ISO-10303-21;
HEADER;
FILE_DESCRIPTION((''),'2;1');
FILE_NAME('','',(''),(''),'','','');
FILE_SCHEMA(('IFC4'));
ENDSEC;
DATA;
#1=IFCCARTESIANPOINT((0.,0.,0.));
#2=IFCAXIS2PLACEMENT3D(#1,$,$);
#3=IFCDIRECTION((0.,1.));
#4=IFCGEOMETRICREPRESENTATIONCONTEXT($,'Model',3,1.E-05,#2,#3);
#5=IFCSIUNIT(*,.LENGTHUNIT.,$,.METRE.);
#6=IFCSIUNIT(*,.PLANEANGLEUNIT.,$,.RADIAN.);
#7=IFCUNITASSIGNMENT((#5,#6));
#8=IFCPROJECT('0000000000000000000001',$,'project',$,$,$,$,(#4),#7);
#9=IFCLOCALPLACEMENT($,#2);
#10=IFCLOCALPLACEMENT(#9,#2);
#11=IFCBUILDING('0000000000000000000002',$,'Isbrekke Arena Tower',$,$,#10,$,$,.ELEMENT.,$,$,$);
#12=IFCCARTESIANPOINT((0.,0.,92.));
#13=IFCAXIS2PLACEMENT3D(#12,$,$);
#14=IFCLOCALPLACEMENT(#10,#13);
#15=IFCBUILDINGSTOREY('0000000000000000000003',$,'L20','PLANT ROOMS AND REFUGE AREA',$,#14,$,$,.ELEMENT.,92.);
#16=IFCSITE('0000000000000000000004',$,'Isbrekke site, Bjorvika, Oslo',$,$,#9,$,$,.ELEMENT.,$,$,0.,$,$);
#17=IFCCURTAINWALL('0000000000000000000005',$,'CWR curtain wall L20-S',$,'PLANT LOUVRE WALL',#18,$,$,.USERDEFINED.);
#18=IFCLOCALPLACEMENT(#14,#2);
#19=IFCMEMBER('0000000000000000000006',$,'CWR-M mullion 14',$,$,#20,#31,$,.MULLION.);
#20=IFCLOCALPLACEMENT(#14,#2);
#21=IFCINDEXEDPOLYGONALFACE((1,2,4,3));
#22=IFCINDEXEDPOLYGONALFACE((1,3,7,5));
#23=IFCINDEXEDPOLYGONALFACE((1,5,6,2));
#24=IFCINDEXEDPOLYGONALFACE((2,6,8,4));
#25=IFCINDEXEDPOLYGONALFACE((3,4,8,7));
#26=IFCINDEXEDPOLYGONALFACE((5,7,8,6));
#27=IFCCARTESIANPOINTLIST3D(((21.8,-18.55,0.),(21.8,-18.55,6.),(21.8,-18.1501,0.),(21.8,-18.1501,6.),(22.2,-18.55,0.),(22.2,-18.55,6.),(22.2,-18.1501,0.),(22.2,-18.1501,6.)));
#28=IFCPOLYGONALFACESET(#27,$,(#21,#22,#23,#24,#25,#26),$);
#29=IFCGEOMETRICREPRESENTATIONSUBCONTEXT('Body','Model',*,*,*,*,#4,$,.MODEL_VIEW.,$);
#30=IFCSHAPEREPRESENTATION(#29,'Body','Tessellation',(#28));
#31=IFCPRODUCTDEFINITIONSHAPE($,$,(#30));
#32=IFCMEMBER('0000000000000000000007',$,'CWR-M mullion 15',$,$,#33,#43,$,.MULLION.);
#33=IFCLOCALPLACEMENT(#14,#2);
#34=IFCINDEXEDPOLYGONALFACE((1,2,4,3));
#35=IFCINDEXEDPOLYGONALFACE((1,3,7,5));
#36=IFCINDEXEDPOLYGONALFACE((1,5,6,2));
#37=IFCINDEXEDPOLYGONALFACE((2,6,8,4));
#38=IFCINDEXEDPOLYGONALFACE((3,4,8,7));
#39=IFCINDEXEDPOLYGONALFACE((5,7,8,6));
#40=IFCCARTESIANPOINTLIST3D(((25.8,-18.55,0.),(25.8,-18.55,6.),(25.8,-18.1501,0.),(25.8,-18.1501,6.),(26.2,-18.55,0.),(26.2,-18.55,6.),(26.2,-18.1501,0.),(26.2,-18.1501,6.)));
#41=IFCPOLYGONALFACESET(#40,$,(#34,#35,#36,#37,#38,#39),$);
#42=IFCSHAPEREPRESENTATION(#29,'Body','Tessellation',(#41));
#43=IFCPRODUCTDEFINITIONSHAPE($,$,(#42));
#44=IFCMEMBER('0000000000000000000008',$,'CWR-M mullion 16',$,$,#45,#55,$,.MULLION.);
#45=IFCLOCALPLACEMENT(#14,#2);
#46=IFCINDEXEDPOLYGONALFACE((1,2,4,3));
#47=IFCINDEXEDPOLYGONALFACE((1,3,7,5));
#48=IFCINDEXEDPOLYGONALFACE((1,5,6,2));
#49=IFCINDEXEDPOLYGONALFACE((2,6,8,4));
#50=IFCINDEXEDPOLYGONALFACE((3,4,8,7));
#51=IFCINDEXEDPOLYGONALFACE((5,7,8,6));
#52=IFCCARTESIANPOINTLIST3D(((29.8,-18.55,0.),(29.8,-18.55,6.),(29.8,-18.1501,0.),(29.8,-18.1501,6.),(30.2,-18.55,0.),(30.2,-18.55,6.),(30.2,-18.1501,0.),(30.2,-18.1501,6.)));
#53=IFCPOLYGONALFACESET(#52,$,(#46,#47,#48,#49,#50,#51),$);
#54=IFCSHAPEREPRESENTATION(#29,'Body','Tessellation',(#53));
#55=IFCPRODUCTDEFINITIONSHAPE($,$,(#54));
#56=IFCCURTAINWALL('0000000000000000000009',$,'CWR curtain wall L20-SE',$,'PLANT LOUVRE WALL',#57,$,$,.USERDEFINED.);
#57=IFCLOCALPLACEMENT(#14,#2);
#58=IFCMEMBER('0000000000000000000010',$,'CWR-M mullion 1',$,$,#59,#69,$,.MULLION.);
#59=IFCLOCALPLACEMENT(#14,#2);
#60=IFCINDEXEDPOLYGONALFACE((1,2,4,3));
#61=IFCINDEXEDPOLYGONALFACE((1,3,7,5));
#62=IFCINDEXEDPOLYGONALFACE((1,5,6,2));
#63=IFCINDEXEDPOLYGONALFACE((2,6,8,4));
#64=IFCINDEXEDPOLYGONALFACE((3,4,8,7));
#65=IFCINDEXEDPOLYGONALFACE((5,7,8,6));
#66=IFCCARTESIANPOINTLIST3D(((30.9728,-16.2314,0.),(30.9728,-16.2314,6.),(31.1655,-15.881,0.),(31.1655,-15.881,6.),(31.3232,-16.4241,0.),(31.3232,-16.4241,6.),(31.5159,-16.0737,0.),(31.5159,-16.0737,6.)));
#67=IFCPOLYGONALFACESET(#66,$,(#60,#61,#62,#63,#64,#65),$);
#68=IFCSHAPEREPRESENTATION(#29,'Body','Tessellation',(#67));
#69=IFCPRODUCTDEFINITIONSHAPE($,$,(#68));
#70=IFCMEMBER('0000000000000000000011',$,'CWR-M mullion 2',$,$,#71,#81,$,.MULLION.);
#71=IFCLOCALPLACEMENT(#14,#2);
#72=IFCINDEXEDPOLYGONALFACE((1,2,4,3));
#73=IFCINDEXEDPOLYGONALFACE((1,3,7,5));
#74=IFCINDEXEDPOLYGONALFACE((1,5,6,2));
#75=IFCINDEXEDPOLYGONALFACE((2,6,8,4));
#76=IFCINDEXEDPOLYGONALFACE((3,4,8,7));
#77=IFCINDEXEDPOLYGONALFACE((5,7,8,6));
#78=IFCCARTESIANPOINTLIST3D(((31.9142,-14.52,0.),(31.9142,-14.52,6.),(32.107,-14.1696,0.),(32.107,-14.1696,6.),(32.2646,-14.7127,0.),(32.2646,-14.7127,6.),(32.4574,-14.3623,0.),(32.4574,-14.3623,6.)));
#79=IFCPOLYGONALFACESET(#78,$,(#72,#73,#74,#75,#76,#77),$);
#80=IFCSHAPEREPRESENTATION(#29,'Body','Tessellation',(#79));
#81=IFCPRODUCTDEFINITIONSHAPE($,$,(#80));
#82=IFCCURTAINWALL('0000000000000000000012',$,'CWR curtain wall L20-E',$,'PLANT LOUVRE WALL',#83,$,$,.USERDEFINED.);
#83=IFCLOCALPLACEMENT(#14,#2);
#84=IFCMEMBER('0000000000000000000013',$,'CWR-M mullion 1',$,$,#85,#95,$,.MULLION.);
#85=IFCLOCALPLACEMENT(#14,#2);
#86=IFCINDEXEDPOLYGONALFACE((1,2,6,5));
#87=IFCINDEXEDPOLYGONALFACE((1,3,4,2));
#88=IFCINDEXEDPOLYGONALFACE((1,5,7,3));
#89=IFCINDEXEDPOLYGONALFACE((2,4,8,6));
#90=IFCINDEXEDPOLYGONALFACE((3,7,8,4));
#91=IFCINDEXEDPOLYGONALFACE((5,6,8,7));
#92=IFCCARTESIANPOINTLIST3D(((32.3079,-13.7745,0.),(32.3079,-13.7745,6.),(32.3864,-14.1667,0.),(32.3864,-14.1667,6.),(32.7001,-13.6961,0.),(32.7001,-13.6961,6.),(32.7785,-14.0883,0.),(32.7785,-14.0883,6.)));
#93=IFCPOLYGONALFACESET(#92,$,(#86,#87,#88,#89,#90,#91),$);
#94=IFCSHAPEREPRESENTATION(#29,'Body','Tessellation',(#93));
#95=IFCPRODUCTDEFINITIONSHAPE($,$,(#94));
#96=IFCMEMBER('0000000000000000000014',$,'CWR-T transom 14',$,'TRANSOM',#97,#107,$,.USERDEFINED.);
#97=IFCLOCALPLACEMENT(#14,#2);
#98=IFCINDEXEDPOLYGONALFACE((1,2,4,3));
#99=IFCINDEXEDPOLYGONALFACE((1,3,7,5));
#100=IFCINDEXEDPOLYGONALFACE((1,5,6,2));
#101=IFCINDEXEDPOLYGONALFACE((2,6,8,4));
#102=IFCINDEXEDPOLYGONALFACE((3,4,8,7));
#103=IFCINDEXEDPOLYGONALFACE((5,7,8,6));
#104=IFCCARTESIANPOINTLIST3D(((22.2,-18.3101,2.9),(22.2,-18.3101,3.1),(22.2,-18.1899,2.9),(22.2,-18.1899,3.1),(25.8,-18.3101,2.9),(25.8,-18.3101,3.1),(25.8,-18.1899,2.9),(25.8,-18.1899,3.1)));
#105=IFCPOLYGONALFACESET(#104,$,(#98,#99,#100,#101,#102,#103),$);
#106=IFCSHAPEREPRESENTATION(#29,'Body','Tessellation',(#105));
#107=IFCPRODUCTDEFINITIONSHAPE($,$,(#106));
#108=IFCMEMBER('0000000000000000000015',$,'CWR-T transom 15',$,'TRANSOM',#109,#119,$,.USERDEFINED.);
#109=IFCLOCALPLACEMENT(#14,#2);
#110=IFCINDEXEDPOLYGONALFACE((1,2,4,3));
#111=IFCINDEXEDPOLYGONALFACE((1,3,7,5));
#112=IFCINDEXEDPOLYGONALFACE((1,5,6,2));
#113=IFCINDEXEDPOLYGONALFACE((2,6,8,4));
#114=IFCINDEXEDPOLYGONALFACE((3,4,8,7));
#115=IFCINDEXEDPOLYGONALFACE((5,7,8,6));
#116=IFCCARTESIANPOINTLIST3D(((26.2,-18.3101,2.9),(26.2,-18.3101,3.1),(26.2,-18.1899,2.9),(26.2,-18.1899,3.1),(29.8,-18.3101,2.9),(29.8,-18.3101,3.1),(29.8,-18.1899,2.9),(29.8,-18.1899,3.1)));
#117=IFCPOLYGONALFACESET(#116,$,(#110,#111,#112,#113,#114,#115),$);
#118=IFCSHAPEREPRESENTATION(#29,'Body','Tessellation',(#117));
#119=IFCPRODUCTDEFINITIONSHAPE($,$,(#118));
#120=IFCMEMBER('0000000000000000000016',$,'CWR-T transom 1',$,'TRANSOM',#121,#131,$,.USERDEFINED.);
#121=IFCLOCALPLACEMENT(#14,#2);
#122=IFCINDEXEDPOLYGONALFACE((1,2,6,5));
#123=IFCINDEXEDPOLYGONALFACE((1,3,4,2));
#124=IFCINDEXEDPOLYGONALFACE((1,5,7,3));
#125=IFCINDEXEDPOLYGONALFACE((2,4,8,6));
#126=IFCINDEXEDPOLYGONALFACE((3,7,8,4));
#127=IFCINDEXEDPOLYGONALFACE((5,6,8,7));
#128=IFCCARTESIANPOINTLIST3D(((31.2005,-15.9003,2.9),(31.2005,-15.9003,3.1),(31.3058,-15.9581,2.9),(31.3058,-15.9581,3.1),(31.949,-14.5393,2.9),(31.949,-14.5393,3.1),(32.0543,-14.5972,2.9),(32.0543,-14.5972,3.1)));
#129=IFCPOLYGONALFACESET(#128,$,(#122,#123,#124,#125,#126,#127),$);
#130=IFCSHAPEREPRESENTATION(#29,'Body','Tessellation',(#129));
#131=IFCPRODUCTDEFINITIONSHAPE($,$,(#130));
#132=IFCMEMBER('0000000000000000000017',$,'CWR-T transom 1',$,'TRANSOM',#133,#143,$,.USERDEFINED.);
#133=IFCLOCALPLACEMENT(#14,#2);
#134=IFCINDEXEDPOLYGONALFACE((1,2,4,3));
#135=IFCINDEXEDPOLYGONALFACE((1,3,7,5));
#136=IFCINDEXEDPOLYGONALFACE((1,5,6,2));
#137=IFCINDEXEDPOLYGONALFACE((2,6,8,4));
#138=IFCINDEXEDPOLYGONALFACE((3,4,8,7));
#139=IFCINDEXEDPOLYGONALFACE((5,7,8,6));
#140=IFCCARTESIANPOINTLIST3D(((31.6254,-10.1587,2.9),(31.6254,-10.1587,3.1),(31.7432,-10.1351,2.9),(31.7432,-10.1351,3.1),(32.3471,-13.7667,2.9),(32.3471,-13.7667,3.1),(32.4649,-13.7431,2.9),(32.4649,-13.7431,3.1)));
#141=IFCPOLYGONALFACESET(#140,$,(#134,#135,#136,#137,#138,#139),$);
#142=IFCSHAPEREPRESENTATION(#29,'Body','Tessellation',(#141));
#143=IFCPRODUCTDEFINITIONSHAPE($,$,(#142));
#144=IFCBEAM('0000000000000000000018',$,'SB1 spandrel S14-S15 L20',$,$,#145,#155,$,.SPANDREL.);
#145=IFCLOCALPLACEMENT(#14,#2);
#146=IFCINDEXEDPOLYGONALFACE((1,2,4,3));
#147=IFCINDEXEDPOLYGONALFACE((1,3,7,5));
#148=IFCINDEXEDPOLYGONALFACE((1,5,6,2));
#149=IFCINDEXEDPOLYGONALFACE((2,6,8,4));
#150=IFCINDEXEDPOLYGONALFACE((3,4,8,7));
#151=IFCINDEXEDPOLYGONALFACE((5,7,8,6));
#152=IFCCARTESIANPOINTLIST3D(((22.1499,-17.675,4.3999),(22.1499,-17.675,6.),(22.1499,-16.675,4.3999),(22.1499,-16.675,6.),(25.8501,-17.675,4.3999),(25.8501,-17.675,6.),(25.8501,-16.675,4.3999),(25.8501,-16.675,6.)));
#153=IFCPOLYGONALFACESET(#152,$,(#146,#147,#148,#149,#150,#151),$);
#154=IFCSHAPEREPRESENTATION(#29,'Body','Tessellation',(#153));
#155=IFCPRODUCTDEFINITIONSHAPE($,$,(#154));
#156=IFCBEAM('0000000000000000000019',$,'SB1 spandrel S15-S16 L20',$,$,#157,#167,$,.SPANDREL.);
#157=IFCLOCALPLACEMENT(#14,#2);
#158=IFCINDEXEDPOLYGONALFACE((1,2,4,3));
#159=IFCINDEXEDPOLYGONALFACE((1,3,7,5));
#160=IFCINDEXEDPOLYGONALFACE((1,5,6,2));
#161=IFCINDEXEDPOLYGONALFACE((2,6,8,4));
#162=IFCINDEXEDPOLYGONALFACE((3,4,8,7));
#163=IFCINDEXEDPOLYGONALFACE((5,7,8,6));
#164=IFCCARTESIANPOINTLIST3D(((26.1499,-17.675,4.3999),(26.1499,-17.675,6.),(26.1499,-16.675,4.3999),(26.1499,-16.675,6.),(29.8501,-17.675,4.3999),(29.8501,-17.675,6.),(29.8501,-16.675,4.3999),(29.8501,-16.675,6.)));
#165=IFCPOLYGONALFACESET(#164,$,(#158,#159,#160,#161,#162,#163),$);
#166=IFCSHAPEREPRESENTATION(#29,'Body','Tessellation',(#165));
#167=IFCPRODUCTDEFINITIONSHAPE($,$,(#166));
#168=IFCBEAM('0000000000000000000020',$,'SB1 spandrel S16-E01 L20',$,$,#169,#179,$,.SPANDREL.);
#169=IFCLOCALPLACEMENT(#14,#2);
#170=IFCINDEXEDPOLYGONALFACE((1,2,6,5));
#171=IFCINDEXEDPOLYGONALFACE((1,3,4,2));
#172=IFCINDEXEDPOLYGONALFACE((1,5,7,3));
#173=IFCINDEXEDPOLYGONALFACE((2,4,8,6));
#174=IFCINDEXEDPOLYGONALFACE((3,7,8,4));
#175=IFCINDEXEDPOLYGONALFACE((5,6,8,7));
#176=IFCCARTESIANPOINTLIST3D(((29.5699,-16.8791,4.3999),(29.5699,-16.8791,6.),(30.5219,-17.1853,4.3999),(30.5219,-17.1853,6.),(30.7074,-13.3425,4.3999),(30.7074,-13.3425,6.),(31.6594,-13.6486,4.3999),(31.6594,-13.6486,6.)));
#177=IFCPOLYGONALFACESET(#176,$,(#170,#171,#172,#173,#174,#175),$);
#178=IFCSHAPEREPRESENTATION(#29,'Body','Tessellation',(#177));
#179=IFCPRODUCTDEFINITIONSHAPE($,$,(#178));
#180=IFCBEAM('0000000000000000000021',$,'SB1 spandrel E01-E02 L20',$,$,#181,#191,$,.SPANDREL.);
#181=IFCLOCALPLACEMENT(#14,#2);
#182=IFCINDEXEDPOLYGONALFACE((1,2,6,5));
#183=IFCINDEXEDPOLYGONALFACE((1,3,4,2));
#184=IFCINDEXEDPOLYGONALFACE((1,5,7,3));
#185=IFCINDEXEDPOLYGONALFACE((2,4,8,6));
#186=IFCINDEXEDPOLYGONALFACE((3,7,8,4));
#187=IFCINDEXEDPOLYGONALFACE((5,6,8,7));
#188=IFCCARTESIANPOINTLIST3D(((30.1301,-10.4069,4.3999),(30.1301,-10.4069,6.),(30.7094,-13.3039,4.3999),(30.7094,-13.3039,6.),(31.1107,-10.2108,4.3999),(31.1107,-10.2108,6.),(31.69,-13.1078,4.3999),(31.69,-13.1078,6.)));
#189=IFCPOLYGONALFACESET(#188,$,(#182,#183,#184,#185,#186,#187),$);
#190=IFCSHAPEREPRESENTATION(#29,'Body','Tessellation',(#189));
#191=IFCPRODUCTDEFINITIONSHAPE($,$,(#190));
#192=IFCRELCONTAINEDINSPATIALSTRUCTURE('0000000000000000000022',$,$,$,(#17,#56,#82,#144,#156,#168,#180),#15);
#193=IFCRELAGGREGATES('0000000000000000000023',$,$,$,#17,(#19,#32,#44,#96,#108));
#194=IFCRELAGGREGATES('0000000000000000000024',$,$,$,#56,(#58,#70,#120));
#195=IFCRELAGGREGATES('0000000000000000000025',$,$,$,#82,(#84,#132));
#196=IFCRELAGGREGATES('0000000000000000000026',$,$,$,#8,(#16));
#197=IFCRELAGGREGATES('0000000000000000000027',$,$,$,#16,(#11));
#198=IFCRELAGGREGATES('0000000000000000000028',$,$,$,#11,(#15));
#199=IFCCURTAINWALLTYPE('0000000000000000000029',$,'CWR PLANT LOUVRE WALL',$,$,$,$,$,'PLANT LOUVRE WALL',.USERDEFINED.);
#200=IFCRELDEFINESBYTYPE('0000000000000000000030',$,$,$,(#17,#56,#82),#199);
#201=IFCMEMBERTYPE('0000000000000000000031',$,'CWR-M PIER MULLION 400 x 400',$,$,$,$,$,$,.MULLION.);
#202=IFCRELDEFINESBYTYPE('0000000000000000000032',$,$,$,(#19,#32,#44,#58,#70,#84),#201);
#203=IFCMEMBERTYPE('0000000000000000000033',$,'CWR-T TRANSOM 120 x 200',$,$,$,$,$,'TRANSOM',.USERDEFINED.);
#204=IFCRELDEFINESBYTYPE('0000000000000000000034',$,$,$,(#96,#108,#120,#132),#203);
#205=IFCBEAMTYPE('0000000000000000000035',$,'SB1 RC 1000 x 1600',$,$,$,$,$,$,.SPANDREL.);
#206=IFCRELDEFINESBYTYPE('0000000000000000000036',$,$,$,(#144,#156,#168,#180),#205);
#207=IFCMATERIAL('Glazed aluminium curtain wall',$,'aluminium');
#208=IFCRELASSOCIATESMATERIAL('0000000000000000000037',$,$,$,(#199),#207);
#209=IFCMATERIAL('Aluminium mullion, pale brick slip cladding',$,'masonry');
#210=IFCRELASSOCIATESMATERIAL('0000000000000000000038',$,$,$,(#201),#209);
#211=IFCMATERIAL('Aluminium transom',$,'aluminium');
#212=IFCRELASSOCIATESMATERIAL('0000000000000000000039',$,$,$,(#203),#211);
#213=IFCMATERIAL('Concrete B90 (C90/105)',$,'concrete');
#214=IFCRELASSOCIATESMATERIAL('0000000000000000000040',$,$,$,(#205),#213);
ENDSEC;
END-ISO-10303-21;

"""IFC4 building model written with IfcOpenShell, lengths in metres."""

from ifc_helpers import new_model, si_unit, direction, frame, origin, origin_2d, place, context, subcontext, project, spatial, rectangle, extrude, material, material_profile, profile_set, type_object, element, aggregate, save


model = new_model("IFC4")

# Units and contexts
model_context = context("Model", 3, precision=1e-05, world=origin(), true_north=direction((0.0, 1.0)))
body_context = subcontext(model_context, "Body", "Model", "MODEL_VIEW")
ifc_project = project(units=[si_unit("LENGTHUNIT", "METRE"), si_unit("PLANEANGLEUNIT", "RADIAN")], contexts=[model_context])

# Site, building, storey
site_placement = place(None, origin())
site = spatial("IfcSite", under=ifc_project, at=site_placement, Name="Isbrekke site, Bjorvika, Oslo", CompositionType="ELEMENT", RefElevation=0.0)
building_placement = place(site_placement, origin())
building = spatial("IfcBuilding", under=site, at=building_placement, Name="Isbrekke Arena Tower", CompositionType="ELEMENT")
storey_placement = place(building_placement, frame((0.0, 0.0, 92.0)))
storey = spatial("IfcBuildingStorey", under=building, at=storey_placement, Name="L20", Description="PLANT ROOMS AND REFUGE AREA", CompositionType="ELEMENT", Elevation=92.0)

# Curtain walls, members
ifc_material_1 = material(Name="Glazed aluminium curtain wall", Category="aluminium")
curtain_wall_type = type_object("IfcCurtainWallType", Name="CWR PLANT LOUVRE WALL", ElementType="PLANT LOUVRE WALL", PredefinedType="USERDEFINED", material=ifc_material_1)
curtain_wall_1_placement = place(storey_placement, origin())
curtain_wall_1 = element("IfcCurtainWall", 1, at=curtain_wall_1_placement, inside=storey, type_object=curtain_wall_type, Name="CWR curtain wall L20-S", ObjectType="PLANT LOUVRE WALL", PredefinedType="USERDEFINED")
ifc_material_2 = material(Name="Aluminium mullion, pale brick slip cladding", Category="masonry")
ifc_material_profile_1 = material_profile(ifc_material_2, rectangle(XDim=0.3999, YDim=0.3999, at=origin_2d()), Name="PIER 400X400")
ifc_profile_set_1 = profile_set([ifc_material_profile_1], Name="Aluminium mullion, pale brick slip cladding")
member_type_1 = type_object("IfcMemberType", Name="CWR-M PIER MULLION 400 x 400", PredefinedType="MULLION", material=ifc_profile_set_1)
member_1_placement = place(storey_placement, frame((22.0, -18.3501, 0.0), z_axis=(0.0, 0.0, 1.0), x_axis=(1.0, 0.0, 0.0)))
member_1 = element("IfcMember", 2, at=member_1_placement, type_object=member_type_1, Name="CWR-M mullion 14", PredefinedType="MULLION", context=body_context, shape_type="SweptSolid", body=[
    extrude(rectangle(XDim=0.3999, YDim=0.3999, at=origin_2d()), origin(), (0.0, 0.0, 1.0), 6.0),
])
member_2_placement = place(storey_placement, frame((26.0, -18.3501, 0.0), z_axis=(0.0, 0.0, 1.0), x_axis=(1.0, 0.0, 0.0)))
member_2 = element("IfcMember", 3, at=member_2_placement, type_object=member_type_1, Name="CWR-M mullion 15", PredefinedType="MULLION", context=body_context, shape_type="SweptSolid", body=[
    extrude(rectangle(XDim=0.3999, YDim=0.3999, at=origin_2d()), origin(), (0.0, 0.0, 1.0), 6.0),
])
member_3_placement = place(storey_placement, frame((30.0, -18.3501, 0.0), z_axis=(0.0, 0.0, 1.0), x_axis=(1.0, 0.0, 0.0)))
member_3 = element("IfcMember", 4, at=member_3_placement, type_object=member_type_1, Name="CWR-M mullion 16", PredefinedType="MULLION", context=body_context, shape_type="SweptSolid", body=[
    extrude(rectangle(XDim=0.3999, YDim=0.3999, at=origin_2d()), origin(), (0.0, 0.0, 1.0), 6.0),
])
curtain_wall_2_placement = place(storey_placement, origin())
curtain_wall_2 = element("IfcCurtainWall", 5, at=curtain_wall_2_placement, inside=storey, type_object=curtain_wall_type, Name="CWR curtain wall L20-SE", ObjectType="PLANT LOUVRE WALL", PredefinedType="USERDEFINED")
member_4_placement = place(storey_placement, frame((31.2444, -16.1526, 0.0), z_axis=(0.0, 0.0, 1.0), x_axis=(0.481919, 0.876216, 0.0)))
member_4 = element("IfcMember", 6, at=member_4_placement, type_object=member_type_1, Name="CWR-M mullion 1", PredefinedType="MULLION", context=body_context, shape_type="SweptSolid", body=[
    extrude(rectangle(XDim=0.3999, YDim=0.3999, at=origin_2d()), origin(), (0.0, 0.0, 1.0), 6.0),
])
member_5_placement = place(storey_placement, frame((32.1858, -14.4412, 0.0), z_axis=(0.0, 0.0, 1.0), x_axis=(0.481919, 0.876216, 0.0)))
member_5 = element("IfcMember", 7, at=member_5_placement, type_object=member_type_1, Name="CWR-M mullion 2", PredefinedType="MULLION", context=body_context, shape_type="SweptSolid", body=[
    extrude(rectangle(XDim=0.3999, YDim=0.3999, at=origin_2d()), origin(), (0.0, 0.0, 1.0), 6.0),
])

# Curtain wall, member
curtain_wall_3_placement = place(storey_placement, origin())
curtain_wall_3 = element("IfcCurtainWall", 8, at=curtain_wall_3_placement, inside=storey, type_object=curtain_wall_type, Name="CWR curtain wall L20-E", ObjectType="PLANT LOUVRE WALL", PredefinedType="USERDEFINED")
member_6_placement = place(storey_placement, frame((32.5432, -13.9314, 0.0), z_axis=(0.0, 0.0, 1.0), x_axis=(-0.196116, 0.980581, 0.0)))
member_6 = element("IfcMember", 9, at=member_6_placement, type_object=member_type_1, Name="CWR-M mullion 1", PredefinedType="MULLION", context=body_context, shape_type="SweptSolid", body=[
    extrude(rectangle(XDim=0.3999, YDim=0.3999, at=origin_2d()), origin(), (0.0, 0.0, 1.0), 6.0),
])

# Members
ifc_material_3 = material(Name="Aluminium transom", Category="aluminium")
ifc_material_profile_2 = material_profile(ifc_material_3, rectangle(XDim=0.1201, YDim=0.2, at=origin_2d()), Name="TRANSOM 120X200")
ifc_profile_set_2 = profile_set([ifc_material_profile_2], Name="Aluminium transom")
member_type_2 = type_object("IfcMemberType", Name="CWR-T TRANSOM 120 x 200", ElementType="TRANSOM", PredefinedType="USERDEFINED", material=ifc_profile_set_2)
member_7_placement = place(storey_placement, frame((22.2, -18.25, 3.0), z_axis=(1.0, 0.0, 0.0), x_axis=(0.0, 1.0, 0.0)))
member_7 = element("IfcMember", 10, at=member_7_placement, type_object=member_type_2, Name="CWR-T transom 14", ObjectType="TRANSOM", PredefinedType="USERDEFINED", context=body_context, shape_type="SweptSolid", body=[
    extrude(rectangle(XDim=0.1201, YDim=0.2, at=origin_2d()), origin(), (0.0, 0.0, 1.0), 3.6001),
])
member_8_placement = place(storey_placement, frame((26.2, -18.25, 3.0), z_axis=(1.0, 0.0, 0.0), x_axis=(0.0, 1.0, 0.0)))
member_8 = element("IfcMember", 11, at=member_8_placement, type_object=member_type_2, Name="CWR-T transom 15", ObjectType="TRANSOM", PredefinedType="USERDEFINED", context=body_context, shape_type="SweptSolid", body=[
    extrude(rectangle(XDim=0.1201, YDim=0.2, at=origin_2d()), origin(), (0.0, 0.0, 1.0), 3.6001),
])
member_9_placement = place(storey_placement, frame((31.2532, -15.9292, 3.0), z_axis=(0.481889, 0.876233, 0.0), x_axis=(-0.876233, 0.481889, 0.0)))
member_9 = element("IfcMember", 12, at=member_9_placement, type_object=member_type_2, Name="CWR-T transom 1", ObjectType="TRANSOM", PredefinedType="USERDEFINED", context=body_context, shape_type="SweptSolid", body=[
    extrude(rectangle(XDim=0.1201, YDim=0.2, at=origin_2d()), origin(), (0.0, 0.0, 1.0), 1.5532),
])
member_10_placement = place(storey_placement, frame((32.406, -13.7549, 3.0), z_axis=(-0.196142, 0.980576, 0.0), x_axis=(-0.980576, -0.196142, 0.0)))
member_10 = element("IfcMember", 13, at=member_10_placement, type_object=member_type_2, Name="CWR-T transom 1", ObjectType="TRANSOM", PredefinedType="USERDEFINED", context=body_context, shape_type="SweptSolid", body=[
    extrude(rectangle(XDim=0.1201, YDim=0.2, at=origin_2d()), origin(), (0.0, 0.0, 1.0), 3.6794),
])

# Beams
ifc_material_4 = material(Name="Concrete B90 (C90/105)", Category="concrete")
ifc_material_profile_3 = material_profile(ifc_material_4, rectangle(XDim=1.0, YDim=1.6001, at=origin_2d()), Name="RC 1000x1600")
ifc_profile_set_3 = profile_set([ifc_material_profile_3], Name="Concrete B90 (C90/105)")
beam_type_1 = type_object("IfcBeamType", Name="SB1 RC 1000 x 1600", PredefinedType="SPANDREL", material=ifc_profile_set_3)
for number, where, z_axis, x_axis, name in (
    (14, (22.1499, -17.175, 5.2), (1.0, 0.0, 0.0), (0.0, 1.0, 0.0), "SB1 spandrel S14-S15 L20"),
    (15, (26.1499, -17.175, 5.2), (1.0, 0.0, 0.0), (0.0, 1.0, 0.0), "SB1 spandrel S15-S16 L20"),
):
    element("IfcBeam", number, at=place(storey_placement, frame(where, z_axis=z_axis, x_axis=x_axis)), inside=storey, type_object=beam_type_1, Name=name, PredefinedType="SPANDREL", context=body_context, shape_type="SweptSolid", body=[
        extrude(rectangle(XDim=1.0, YDim=1.6001, at=origin_2d()), origin(), (0.0, 0.0, 1.0), 3.7002),
    ])
beam_1_placement = place(storey_placement, frame((30.0459, -17.0322, 5.2), z_axis=(0.306175, 0.951975, 0.0), x_axis=(-0.951975, 0.306175, 0.0)))
element("IfcBeam", 16, at=beam_1_placement, inside=storey, type_object=beam_type_1, Name="SB1 spandrel S16-E01 L20", PredefinedType="SPANDREL", context=body_context, shape_type="SweptSolid", body=[
    extrude(rectangle(XDim=1.0, YDim=1.6001, at=origin_2d()), origin(), (0.0, 0.0, 1.0), 3.7151),
])
beam_2_placement = place(storey_placement, frame((31.1997, -13.2058, 5.2), z_axis=(-0.1961, 0.980584, 0.0), x_axis=(-0.980584, -0.1961, 0.0)))
element("IfcBeam", 17, at=beam_2_placement, inside=storey, type_object=beam_type_1, Name="SB1 spandrel E01-E02 L20", PredefinedType="SPANDREL", context=body_context, shape_type="SweptSolid", body=[
    extrude(rectangle(XDim=1.0, YDim=1.6001, at=origin_2d()), origin(), (0.0, 0.0, 1.0), 2.9543),
])

aggregate(curtain_wall_1, [member_1, member_2, member_3, member_7, member_8])
aggregate(curtain_wall_2, [member_4, member_5, member_9])
aggregate(curtain_wall_3, [member_6, member_10])

save(model, "model.ifc")
